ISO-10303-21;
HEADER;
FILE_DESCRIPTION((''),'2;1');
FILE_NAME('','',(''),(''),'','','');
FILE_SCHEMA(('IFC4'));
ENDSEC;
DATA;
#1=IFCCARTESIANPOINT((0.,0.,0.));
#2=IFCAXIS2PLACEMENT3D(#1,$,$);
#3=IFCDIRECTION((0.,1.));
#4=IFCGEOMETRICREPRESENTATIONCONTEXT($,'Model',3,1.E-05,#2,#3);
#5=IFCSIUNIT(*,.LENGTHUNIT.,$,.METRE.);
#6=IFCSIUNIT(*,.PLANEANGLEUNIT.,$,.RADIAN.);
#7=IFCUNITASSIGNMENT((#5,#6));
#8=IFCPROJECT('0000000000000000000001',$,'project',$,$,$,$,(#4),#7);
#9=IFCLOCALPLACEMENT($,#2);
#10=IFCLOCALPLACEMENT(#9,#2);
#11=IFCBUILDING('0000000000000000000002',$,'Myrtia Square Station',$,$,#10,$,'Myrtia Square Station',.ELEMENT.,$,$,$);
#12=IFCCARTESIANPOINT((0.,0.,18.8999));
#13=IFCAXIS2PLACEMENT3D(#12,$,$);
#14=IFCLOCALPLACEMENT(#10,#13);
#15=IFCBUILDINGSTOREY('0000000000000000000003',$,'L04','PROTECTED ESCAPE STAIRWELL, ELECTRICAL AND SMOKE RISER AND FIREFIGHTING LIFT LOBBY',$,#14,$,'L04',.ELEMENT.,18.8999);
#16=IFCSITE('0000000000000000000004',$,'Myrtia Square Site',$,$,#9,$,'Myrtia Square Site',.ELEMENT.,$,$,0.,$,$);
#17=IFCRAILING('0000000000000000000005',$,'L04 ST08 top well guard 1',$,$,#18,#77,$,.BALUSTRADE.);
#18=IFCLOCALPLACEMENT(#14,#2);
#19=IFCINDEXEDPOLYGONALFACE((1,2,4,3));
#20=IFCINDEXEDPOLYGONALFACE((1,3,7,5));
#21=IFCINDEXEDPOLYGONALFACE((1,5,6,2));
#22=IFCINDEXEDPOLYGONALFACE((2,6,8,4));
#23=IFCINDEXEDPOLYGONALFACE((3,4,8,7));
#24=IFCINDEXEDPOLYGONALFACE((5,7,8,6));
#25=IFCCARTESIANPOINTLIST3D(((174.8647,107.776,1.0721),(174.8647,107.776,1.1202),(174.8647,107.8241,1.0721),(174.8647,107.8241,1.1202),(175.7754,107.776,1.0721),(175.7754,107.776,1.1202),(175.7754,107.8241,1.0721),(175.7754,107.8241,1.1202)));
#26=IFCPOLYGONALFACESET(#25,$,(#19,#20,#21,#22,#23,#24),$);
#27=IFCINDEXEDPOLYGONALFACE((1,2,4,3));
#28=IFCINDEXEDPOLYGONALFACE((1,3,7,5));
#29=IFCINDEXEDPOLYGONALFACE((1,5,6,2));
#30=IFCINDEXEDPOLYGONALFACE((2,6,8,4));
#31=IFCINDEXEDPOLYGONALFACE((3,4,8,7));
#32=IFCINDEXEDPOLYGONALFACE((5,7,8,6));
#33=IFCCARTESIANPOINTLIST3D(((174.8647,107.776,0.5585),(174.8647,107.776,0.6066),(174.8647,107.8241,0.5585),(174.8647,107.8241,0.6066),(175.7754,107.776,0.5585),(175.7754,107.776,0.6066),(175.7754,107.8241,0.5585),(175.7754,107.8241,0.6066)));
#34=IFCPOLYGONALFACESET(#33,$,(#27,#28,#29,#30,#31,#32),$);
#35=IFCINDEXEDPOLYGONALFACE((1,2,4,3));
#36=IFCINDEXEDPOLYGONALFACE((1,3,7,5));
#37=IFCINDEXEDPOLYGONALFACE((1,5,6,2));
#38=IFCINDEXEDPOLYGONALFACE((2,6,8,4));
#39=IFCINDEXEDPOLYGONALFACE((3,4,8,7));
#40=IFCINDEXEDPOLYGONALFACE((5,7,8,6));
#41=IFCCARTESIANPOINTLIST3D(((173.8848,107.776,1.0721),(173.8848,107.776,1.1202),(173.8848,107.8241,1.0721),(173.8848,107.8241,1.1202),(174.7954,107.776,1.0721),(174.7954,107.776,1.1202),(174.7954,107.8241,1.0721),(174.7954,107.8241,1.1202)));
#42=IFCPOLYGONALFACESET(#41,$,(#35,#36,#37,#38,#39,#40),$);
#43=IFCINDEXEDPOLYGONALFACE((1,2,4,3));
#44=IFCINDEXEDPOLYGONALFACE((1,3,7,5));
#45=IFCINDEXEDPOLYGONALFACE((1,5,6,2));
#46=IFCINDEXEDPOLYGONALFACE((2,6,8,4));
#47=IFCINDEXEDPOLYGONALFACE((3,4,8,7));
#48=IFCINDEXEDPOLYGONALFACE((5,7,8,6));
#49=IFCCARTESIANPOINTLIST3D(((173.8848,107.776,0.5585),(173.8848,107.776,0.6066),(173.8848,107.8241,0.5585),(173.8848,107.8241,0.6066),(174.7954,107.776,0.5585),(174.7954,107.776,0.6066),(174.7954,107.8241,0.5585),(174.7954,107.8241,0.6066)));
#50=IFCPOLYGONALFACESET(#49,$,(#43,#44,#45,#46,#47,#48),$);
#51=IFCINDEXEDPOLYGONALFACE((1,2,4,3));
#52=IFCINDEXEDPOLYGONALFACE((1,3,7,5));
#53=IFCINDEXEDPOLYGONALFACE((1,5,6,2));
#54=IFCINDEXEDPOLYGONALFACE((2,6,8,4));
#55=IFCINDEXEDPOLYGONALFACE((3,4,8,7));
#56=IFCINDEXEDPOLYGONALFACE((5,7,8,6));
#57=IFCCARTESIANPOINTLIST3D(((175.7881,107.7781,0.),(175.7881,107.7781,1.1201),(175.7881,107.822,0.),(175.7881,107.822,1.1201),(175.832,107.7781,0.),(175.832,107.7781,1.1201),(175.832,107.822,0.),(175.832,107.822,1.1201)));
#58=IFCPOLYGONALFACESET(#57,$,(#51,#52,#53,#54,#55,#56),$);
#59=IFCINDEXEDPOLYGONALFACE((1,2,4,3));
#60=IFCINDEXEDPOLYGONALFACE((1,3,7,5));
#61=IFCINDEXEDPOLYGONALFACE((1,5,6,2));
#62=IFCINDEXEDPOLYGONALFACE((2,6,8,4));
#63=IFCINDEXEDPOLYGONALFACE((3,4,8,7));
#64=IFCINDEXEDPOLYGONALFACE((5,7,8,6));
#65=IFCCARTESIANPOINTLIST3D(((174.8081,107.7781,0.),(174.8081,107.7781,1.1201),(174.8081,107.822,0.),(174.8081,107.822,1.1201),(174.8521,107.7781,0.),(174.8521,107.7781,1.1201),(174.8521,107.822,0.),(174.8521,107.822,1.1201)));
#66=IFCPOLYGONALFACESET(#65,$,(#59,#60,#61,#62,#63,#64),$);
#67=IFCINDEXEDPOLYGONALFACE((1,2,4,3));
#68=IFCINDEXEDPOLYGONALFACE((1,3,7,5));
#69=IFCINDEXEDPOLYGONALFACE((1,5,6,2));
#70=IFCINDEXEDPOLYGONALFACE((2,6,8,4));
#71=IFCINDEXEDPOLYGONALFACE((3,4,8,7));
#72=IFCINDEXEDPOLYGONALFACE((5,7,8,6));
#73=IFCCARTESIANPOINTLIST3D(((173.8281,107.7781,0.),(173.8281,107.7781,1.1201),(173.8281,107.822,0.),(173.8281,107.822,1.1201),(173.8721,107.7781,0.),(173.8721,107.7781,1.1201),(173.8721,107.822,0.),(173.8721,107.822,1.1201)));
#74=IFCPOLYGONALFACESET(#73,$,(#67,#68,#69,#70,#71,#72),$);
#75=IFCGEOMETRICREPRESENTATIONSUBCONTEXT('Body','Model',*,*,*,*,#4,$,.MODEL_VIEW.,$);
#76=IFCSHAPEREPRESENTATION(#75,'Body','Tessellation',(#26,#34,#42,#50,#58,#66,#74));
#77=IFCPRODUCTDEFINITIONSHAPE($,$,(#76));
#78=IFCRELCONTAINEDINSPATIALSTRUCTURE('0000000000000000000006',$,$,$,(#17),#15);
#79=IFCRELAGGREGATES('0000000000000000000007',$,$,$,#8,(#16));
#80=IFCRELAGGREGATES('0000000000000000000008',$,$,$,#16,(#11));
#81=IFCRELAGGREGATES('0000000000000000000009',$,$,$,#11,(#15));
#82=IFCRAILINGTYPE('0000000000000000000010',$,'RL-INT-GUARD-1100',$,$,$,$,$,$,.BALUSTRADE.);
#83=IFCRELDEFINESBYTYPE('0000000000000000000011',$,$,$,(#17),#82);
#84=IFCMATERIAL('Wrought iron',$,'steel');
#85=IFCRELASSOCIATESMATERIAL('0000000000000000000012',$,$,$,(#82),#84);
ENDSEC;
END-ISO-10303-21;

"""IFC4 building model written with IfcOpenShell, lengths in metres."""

from ifc_helpers import new_model, si_unit, direction, frame, origin, origin_2d, place, context, subcontext, project, spatial, rectangle, extrude, material, type_object, element, save


model = new_model("IFC4")

# Units and contexts
model_context = context("Model", 3, precision=1e-05, world=origin(), true_north=direction((0.0, 1.0)))
body_context = subcontext(model_context, "Body", "Model", "MODEL_VIEW")
ifc_project = project(units=[si_unit("LENGTHUNIT", "METRE"), si_unit("PLANEANGLEUNIT", "RADIAN")], contexts=[model_context])

# Site, building, storey
site_placement = place(None, origin())
site = spatial("IfcSite", under=ifc_project, at=site_placement, Name="Myrtia Square Site", LongName="Myrtia Square Site", CompositionType="ELEMENT", RefElevation=0.0)
building_placement = place(site_placement, origin())
building = spatial("IfcBuilding", under=site, at=building_placement, Name="Myrtia Square Station", LongName="Myrtia Square Station", CompositionType="ELEMENT")
storey_placement = place(building_placement, frame((0.0, 0.0, 18.8999)))
storey = spatial("IfcBuildingStorey", under=building, at=storey_placement, Name="L04", Description="PROTECTED ESCAPE STAIRWELL, ELECTRICAL AND SMOKE RISER AND FIREFIGHTING LIFT LOBBY", LongName="L04", CompositionType="ELEMENT", Elevation=18.8999)

# Railing
ifc_material_1 = material(Name="Wrought iron", Category="steel")
railing_type = type_object("IfcRailingType", Name="RL-INT-GUARD-1100", PredefinedType="BALUSTRADE", material=ifc_material_1)
railing_placement = place(storey_placement, frame((175.8101, 107.8, 0.0)))
element("IfcRailing", 1, at=railing_placement, inside=storey, type_object=railing_type, Name="L04 ST08 top well guard 1", PredefinedType="BALUSTRADE", context=body_context, shape_type="SweptSolid", body=[
    extrude(rectangle(XDim=0.0481, YDim=0.0481, at=origin_2d()), frame((-0.0347, 0.0, 1.0962), z_axis=(-1.0, 0.0, 0.0), x_axis=(0.0, -1.0, 0.0)), (0.0, 0.0, 1.0), 0.9106),
    extrude(rectangle(XDim=0.0481, YDim=0.0481, at=origin_2d()), frame((-0.0347, 0.0, 0.5825), z_axis=(-1.0, 0.0, 0.0), x_axis=(0.0, -1.0, 0.0)), (0.0, 0.0, 1.0), 0.9106),
    extrude(rectangle(XDim=0.0481, YDim=0.0481, at=origin_2d()), frame((-1.0146, 0.0, 1.0962), z_axis=(-1.0, 0.0, 0.0), x_axis=(0.0, -1.0, 0.0)), (0.0, 0.0, 1.0), 0.9106),
    extrude(rectangle(XDim=0.0481, YDim=0.0481, at=origin_2d()), frame((-1.0146, 0.0, 0.5825), z_axis=(-1.0, 0.0, 0.0), x_axis=(0.0, -1.0, 0.0)), (0.0, 0.0, 1.0), 0.9106),
    extrude(rectangle(XDim=0.0439, YDim=0.0439, at=origin_2d()), origin(), (0.0, 0.0, 1.0), 1.1201),
    extrude(rectangle(XDim=0.0439, YDim=0.0439, at=origin_2d()), frame((-0.98, 0.0, 0.0)), (0.0, 0.0, 1.0), 1.1201),
    extrude(rectangle(XDim=0.0439, YDim=0.0439, at=origin_2d()), frame((-1.96, 0.0, 0.0)), (0.0, 0.0, 1.0), 1.1201),
])

save(model, "model.ifc")
